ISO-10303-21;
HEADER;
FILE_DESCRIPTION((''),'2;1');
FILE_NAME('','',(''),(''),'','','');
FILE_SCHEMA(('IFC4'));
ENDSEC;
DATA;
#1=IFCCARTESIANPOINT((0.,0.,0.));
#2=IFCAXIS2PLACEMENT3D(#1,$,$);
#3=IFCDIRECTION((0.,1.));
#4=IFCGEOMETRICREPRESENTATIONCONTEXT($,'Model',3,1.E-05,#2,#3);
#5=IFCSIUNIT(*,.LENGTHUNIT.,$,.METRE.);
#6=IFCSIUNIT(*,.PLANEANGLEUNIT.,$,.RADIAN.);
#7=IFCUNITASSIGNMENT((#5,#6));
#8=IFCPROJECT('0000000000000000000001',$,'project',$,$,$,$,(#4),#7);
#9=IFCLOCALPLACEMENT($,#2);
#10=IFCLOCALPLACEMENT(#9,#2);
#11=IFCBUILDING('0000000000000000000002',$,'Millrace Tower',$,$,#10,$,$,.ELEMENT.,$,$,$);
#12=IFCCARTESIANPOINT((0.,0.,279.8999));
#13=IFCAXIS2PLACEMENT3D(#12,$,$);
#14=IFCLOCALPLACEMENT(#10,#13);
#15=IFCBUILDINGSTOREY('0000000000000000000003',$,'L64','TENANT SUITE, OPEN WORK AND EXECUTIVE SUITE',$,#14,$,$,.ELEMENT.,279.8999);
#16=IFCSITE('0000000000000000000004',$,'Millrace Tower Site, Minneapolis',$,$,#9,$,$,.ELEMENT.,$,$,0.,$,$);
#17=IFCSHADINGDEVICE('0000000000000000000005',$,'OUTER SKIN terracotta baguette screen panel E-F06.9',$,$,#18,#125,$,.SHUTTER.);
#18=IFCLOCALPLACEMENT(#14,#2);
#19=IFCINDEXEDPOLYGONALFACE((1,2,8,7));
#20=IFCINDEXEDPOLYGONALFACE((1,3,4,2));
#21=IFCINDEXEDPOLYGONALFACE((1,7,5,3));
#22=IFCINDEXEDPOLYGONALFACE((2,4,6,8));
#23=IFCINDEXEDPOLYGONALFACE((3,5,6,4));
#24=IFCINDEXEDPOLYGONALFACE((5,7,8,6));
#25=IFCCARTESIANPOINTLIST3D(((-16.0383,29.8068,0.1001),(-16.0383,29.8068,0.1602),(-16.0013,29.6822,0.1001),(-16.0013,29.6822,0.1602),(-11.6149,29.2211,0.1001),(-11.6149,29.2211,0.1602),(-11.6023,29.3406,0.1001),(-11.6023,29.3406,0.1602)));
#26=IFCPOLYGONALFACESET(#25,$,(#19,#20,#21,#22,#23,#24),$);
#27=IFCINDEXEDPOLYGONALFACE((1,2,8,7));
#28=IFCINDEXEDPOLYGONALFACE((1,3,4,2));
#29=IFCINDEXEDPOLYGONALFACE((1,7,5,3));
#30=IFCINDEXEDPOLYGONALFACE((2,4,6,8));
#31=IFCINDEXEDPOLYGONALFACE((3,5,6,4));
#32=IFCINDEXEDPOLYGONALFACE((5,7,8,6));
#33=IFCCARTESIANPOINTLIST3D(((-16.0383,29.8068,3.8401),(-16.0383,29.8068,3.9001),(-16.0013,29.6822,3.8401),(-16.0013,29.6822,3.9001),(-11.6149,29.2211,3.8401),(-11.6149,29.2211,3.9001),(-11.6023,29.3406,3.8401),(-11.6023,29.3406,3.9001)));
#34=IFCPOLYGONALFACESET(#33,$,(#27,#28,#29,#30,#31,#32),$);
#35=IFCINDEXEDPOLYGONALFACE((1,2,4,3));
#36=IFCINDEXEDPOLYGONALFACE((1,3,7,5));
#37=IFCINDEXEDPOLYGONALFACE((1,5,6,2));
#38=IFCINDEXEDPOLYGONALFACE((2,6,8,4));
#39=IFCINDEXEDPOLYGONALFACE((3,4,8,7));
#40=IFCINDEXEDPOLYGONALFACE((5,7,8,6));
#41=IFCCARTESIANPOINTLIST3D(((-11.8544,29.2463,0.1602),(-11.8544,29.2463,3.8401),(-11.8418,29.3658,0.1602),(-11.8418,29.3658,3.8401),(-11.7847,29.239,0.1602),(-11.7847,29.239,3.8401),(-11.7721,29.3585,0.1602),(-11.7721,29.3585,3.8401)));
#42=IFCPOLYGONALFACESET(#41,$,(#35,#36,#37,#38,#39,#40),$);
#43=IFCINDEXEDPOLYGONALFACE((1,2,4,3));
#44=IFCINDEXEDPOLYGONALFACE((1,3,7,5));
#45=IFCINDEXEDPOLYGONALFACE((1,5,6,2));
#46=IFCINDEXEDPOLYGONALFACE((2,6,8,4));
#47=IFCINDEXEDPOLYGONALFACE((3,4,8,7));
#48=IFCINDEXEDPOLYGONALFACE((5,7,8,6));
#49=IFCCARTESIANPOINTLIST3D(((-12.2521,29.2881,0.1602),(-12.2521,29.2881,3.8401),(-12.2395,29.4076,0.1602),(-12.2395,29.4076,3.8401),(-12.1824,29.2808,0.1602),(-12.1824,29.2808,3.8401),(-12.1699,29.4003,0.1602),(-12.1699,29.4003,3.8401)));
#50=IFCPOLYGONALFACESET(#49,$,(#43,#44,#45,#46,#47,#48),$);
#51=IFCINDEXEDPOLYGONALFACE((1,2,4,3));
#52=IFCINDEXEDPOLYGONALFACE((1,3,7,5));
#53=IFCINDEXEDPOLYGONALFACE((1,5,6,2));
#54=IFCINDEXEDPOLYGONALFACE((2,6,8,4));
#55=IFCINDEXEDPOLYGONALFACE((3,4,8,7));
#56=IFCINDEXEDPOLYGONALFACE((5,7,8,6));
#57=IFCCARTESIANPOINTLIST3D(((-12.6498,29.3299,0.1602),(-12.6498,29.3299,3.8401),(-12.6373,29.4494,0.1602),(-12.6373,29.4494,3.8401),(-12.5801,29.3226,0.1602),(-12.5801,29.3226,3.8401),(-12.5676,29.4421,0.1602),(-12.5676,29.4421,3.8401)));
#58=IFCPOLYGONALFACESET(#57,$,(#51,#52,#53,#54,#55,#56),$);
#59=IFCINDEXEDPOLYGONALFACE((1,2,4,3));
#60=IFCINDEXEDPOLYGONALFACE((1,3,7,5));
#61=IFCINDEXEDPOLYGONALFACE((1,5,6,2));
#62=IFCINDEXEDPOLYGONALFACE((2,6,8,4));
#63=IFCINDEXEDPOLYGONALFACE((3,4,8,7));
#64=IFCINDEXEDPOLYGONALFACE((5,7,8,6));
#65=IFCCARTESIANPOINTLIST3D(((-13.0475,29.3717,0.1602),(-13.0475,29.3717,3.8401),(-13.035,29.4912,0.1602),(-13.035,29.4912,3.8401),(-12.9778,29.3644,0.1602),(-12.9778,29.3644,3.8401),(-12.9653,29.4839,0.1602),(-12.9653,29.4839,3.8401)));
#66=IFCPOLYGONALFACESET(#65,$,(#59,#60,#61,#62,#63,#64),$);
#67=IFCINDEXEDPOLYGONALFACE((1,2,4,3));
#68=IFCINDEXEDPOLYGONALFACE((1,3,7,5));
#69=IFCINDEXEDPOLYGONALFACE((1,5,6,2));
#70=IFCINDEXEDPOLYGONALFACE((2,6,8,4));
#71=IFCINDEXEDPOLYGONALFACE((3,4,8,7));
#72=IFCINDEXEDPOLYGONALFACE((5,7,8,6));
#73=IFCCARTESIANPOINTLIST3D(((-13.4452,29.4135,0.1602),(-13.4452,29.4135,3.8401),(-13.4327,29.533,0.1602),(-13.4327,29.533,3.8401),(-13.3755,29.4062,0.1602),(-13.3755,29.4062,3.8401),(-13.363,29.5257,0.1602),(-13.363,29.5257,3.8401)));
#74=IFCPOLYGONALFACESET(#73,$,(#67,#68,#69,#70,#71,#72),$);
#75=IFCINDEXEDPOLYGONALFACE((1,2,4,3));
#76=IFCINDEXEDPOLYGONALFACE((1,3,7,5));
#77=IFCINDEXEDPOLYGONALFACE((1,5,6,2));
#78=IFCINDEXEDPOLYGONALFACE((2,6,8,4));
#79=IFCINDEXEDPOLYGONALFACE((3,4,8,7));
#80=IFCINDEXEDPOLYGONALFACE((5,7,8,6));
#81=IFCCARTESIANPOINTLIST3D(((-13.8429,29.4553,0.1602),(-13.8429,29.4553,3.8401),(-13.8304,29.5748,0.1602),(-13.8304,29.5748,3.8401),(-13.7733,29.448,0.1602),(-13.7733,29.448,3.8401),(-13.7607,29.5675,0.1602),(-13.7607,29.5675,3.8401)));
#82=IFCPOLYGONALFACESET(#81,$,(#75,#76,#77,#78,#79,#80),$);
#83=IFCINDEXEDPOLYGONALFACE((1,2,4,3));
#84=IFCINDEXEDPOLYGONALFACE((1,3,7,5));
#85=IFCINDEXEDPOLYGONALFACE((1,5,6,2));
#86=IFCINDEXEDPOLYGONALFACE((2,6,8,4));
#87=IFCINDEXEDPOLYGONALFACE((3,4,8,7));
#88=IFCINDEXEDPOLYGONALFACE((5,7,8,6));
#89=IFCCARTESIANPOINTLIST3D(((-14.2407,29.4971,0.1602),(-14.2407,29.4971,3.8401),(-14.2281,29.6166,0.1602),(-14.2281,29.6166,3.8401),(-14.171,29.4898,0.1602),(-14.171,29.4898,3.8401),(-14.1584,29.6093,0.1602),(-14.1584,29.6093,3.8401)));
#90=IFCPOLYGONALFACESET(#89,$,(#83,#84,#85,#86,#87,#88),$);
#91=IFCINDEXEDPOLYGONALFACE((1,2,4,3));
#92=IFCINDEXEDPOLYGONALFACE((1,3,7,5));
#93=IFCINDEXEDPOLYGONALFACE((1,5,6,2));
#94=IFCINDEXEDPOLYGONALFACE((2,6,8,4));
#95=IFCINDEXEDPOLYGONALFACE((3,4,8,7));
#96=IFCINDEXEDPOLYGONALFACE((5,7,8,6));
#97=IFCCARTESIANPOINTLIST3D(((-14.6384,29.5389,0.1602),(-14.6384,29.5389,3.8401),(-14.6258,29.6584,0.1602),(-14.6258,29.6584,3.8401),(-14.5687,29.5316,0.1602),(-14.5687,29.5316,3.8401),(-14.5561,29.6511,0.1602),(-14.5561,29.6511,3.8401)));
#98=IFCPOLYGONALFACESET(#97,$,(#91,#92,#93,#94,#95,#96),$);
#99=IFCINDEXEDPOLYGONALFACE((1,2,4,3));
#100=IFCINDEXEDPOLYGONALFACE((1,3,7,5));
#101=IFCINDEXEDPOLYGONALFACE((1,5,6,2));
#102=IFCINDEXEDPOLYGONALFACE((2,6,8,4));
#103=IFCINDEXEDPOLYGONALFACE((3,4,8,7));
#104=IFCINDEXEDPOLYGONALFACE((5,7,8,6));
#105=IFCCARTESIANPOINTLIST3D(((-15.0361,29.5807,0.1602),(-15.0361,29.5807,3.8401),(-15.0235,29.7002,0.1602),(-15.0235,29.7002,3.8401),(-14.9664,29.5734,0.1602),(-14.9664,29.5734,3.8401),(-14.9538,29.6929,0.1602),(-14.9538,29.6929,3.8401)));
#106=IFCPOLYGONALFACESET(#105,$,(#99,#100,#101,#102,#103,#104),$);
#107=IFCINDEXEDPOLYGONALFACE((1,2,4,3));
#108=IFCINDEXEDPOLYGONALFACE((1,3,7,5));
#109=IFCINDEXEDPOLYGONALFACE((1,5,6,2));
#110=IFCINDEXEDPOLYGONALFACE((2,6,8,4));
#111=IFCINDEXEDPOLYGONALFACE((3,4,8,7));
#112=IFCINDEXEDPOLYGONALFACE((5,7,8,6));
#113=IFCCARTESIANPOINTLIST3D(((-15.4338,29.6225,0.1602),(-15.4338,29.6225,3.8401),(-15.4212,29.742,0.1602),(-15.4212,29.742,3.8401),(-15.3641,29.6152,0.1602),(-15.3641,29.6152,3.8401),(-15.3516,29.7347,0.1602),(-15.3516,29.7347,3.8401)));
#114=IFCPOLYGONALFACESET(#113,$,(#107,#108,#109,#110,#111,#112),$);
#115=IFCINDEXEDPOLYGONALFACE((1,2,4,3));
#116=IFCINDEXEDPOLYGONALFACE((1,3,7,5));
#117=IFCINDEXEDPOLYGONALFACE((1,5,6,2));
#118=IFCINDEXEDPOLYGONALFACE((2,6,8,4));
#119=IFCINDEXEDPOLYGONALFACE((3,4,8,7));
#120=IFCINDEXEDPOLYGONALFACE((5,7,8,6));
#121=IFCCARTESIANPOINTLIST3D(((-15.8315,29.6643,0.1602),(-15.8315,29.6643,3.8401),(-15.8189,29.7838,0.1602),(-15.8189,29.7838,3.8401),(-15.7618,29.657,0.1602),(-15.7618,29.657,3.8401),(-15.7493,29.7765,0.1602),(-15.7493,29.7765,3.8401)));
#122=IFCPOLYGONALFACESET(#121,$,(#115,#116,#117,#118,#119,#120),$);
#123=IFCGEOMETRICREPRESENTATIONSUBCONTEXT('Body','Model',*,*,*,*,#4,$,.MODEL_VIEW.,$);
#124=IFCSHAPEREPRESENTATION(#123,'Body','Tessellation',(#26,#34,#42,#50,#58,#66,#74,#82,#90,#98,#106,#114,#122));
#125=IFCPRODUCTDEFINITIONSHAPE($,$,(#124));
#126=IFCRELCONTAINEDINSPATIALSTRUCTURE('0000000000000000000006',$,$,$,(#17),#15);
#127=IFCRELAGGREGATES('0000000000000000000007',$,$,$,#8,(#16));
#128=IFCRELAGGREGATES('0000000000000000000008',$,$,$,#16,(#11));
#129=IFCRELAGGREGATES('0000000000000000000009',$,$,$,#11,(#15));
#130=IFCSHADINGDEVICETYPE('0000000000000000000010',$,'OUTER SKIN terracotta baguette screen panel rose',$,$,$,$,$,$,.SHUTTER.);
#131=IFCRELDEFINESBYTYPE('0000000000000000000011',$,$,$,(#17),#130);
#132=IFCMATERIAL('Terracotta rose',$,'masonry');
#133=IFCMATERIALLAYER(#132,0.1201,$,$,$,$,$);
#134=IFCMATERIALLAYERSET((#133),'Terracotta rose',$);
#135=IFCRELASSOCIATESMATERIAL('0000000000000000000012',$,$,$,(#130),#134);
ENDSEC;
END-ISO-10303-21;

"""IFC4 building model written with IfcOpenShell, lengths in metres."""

from ifc_helpers import new_model, entity, si_unit, direction, frame, frame_2d, origin, place, context, subcontext, project, spatial, rectangle, extrude, source, transform, mapped, material, layer, layer_set, type_object, element, save


model = new_model("IFC4")

# Units and contexts
model_context = context("Model", 3, precision=1e-05, world=origin(), true_north=direction((0.0, 1.0)))
body_context = subcontext(model_context, "Body", "Model", "MODEL_VIEW")
ifc_project = project(units=[si_unit("LENGTHUNIT", "METRE"), si_unit("PLANEANGLEUNIT", "RADIAN")], contexts=[model_context])

# Site, building, storey
site_placement = place(None, origin())
site = spatial("IfcSite", under=ifc_project, at=site_placement, Name="Millrace Tower Site, Minneapolis", CompositionType="ELEMENT", RefElevation=0.0)
building_placement = place(site_placement, origin())
building = spatial("IfcBuilding", under=site, at=building_placement, Name="Millrace Tower", CompositionType="ELEMENT")
storey_placement = place(building_placement, frame((0.0, 0.0, 279.8999)))
storey = spatial("IfcBuildingStorey", under=building, at=storey_placement, Name="L64", Description="TENANT SUITE, OPEN WORK AND EXECUTIVE SUITE", CompositionType="ELEMENT", Elevation=279.8999)

# Shading device
ifc_material_1 = material(Name="Terracotta rose", Category="masonry")
ifc_layer_1 = layer(ifc_material_1, 0.1201)
ifc_layer_set_1 = layer_set([ifc_layer_1], Name="Terracotta rose")
shading_device_type = type_object("IfcShadingDeviceType", Name="OUTER SKIN terracotta baguette screen panel rose", PredefinedType="SHUTTER", material=ifc_layer_set_1)
cartesian_point_1 = entity("IfcCartesianPoint", [-2.2178, 0.0601])
shared_polyline_1 = entity("IfcPolyline", [cartesian_point_1, entity("IfcCartesianPoint", [2.1929, 0.0601]), entity("IfcCartesianPoint", [2.2427, -0.0601]), entity("IfcCartesianPoint", [-2.2178, -0.0601]), cartesian_point_1])
shared_shape_1 = source(origin(), body_context, "Body", "SweptSolid", [
    entity("IfcExtrudedAreaSolid", entity("IfcArbitraryClosedProfileDef", "AREA", None, shared_polyline_1), entity("IfcAxis2Placement3D", entity("IfcCartesianPoint", [0.0, 0.0, 0.0])), entity("IfcDirection", [0.0, 0.0, 1.0]), 0.0601),
    entity("IfcExtrudedAreaSolid", entity("IfcArbitraryClosedProfileDef", "AREA", None, shared_polyline_1), entity("IfcAxis2Placement3D", entity("IfcCartesianPoint", [0.0, 0.0, 3.74])), entity("IfcDirection", [0.0, 0.0, 1.0]), 0.0601),
    extrude(rectangle(XDim=0.0701, YDim=0.1201, at=frame_2d((-2.012, 0.0))), frame((0.0, 0.0, 0.0601)), (0.0, 0.0, 1.0), 3.6799),
    extrude(rectangle(XDim=0.0701, YDim=0.1201, at=frame_2d((-1.6121, 0.0))), frame((0.0, 0.0, 0.0601)), (0.0, 0.0, 1.0), 3.6799),
    extrude(rectangle(XDim=0.0701, YDim=0.1201, at=frame_2d((-1.2122, 0.0))), frame((0.0, 0.0, 0.0601)), (0.0, 0.0, 1.0), 3.6799),
    extrude(rectangle(XDim=0.0701, YDim=0.1201, at=frame_2d((-0.8123, 0.0))), frame((0.0, 0.0, 0.0601)), (0.0, 0.0, 1.0), 3.6799),
    extrude(rectangle(XDim=0.0701, YDim=0.1201, at=frame_2d((-0.4124, 0.0))), frame((0.0, 0.0, 0.0601)), (0.0, 0.0, 1.0), 3.6799),
    extrude(rectangle(XDim=0.0701, YDim=0.1201, at=frame_2d((-0.0125, 0.0))), frame((0.0, 0.0, 0.0601)), (0.0, 0.0, 1.0), 3.6799),
    extrude(rectangle(XDim=0.0701, YDim=0.1201, at=frame_2d((0.3875, 0.0))), frame((0.0, 0.0, 0.0601)), (0.0, 0.0, 1.0), 3.6799),
    extrude(rectangle(XDim=0.0701, YDim=0.1201, at=frame_2d((0.7874, 0.0))), frame((0.0, 0.0, 0.0601)), (0.0, 0.0, 1.0), 3.6799),
    extrude(rectangle(XDim=0.0701, YDim=0.1201, at=frame_2d((1.1873, 0.0))), frame((0.0, 0.0, 0.0601)), (0.0, 0.0, 1.0), 3.6799),
    extrude(rectangle(XDim=0.0701, YDim=0.1201, at=frame_2d((1.5872, 0.0))), frame((0.0, 0.0, 0.0601)), (0.0, 0.0, 1.0), 3.6799),
    extrude(rectangle(XDim=0.0701, YDim=0.1201, at=frame_2d((1.9871, 0.0))), frame((0.0, 0.0, 0.0601)), (0.0, 0.0, 1.0), 3.6799),
])
shading_device_placement = place(storey_placement, frame((-13.8142, 29.5127, 0.1001), z_axis=(0.0, 0.0, 1.0), x_axis=(-0.994522, 0.104528, 0.0)))
element("IfcShadingDevice", 1, at=shading_device_placement, inside=storey, type_object=shading_device_type, Name="OUTER SKIN terracotta baguette screen panel E-F06.9", PredefinedType="SHUTTER", context=body_context, shape_type="MappedRepresentation", body=[
    mapped(shared_shape_1, transform((0.0, 0.0, 0.0), scale=1.0)),
])

save(model, "model.ifc")
